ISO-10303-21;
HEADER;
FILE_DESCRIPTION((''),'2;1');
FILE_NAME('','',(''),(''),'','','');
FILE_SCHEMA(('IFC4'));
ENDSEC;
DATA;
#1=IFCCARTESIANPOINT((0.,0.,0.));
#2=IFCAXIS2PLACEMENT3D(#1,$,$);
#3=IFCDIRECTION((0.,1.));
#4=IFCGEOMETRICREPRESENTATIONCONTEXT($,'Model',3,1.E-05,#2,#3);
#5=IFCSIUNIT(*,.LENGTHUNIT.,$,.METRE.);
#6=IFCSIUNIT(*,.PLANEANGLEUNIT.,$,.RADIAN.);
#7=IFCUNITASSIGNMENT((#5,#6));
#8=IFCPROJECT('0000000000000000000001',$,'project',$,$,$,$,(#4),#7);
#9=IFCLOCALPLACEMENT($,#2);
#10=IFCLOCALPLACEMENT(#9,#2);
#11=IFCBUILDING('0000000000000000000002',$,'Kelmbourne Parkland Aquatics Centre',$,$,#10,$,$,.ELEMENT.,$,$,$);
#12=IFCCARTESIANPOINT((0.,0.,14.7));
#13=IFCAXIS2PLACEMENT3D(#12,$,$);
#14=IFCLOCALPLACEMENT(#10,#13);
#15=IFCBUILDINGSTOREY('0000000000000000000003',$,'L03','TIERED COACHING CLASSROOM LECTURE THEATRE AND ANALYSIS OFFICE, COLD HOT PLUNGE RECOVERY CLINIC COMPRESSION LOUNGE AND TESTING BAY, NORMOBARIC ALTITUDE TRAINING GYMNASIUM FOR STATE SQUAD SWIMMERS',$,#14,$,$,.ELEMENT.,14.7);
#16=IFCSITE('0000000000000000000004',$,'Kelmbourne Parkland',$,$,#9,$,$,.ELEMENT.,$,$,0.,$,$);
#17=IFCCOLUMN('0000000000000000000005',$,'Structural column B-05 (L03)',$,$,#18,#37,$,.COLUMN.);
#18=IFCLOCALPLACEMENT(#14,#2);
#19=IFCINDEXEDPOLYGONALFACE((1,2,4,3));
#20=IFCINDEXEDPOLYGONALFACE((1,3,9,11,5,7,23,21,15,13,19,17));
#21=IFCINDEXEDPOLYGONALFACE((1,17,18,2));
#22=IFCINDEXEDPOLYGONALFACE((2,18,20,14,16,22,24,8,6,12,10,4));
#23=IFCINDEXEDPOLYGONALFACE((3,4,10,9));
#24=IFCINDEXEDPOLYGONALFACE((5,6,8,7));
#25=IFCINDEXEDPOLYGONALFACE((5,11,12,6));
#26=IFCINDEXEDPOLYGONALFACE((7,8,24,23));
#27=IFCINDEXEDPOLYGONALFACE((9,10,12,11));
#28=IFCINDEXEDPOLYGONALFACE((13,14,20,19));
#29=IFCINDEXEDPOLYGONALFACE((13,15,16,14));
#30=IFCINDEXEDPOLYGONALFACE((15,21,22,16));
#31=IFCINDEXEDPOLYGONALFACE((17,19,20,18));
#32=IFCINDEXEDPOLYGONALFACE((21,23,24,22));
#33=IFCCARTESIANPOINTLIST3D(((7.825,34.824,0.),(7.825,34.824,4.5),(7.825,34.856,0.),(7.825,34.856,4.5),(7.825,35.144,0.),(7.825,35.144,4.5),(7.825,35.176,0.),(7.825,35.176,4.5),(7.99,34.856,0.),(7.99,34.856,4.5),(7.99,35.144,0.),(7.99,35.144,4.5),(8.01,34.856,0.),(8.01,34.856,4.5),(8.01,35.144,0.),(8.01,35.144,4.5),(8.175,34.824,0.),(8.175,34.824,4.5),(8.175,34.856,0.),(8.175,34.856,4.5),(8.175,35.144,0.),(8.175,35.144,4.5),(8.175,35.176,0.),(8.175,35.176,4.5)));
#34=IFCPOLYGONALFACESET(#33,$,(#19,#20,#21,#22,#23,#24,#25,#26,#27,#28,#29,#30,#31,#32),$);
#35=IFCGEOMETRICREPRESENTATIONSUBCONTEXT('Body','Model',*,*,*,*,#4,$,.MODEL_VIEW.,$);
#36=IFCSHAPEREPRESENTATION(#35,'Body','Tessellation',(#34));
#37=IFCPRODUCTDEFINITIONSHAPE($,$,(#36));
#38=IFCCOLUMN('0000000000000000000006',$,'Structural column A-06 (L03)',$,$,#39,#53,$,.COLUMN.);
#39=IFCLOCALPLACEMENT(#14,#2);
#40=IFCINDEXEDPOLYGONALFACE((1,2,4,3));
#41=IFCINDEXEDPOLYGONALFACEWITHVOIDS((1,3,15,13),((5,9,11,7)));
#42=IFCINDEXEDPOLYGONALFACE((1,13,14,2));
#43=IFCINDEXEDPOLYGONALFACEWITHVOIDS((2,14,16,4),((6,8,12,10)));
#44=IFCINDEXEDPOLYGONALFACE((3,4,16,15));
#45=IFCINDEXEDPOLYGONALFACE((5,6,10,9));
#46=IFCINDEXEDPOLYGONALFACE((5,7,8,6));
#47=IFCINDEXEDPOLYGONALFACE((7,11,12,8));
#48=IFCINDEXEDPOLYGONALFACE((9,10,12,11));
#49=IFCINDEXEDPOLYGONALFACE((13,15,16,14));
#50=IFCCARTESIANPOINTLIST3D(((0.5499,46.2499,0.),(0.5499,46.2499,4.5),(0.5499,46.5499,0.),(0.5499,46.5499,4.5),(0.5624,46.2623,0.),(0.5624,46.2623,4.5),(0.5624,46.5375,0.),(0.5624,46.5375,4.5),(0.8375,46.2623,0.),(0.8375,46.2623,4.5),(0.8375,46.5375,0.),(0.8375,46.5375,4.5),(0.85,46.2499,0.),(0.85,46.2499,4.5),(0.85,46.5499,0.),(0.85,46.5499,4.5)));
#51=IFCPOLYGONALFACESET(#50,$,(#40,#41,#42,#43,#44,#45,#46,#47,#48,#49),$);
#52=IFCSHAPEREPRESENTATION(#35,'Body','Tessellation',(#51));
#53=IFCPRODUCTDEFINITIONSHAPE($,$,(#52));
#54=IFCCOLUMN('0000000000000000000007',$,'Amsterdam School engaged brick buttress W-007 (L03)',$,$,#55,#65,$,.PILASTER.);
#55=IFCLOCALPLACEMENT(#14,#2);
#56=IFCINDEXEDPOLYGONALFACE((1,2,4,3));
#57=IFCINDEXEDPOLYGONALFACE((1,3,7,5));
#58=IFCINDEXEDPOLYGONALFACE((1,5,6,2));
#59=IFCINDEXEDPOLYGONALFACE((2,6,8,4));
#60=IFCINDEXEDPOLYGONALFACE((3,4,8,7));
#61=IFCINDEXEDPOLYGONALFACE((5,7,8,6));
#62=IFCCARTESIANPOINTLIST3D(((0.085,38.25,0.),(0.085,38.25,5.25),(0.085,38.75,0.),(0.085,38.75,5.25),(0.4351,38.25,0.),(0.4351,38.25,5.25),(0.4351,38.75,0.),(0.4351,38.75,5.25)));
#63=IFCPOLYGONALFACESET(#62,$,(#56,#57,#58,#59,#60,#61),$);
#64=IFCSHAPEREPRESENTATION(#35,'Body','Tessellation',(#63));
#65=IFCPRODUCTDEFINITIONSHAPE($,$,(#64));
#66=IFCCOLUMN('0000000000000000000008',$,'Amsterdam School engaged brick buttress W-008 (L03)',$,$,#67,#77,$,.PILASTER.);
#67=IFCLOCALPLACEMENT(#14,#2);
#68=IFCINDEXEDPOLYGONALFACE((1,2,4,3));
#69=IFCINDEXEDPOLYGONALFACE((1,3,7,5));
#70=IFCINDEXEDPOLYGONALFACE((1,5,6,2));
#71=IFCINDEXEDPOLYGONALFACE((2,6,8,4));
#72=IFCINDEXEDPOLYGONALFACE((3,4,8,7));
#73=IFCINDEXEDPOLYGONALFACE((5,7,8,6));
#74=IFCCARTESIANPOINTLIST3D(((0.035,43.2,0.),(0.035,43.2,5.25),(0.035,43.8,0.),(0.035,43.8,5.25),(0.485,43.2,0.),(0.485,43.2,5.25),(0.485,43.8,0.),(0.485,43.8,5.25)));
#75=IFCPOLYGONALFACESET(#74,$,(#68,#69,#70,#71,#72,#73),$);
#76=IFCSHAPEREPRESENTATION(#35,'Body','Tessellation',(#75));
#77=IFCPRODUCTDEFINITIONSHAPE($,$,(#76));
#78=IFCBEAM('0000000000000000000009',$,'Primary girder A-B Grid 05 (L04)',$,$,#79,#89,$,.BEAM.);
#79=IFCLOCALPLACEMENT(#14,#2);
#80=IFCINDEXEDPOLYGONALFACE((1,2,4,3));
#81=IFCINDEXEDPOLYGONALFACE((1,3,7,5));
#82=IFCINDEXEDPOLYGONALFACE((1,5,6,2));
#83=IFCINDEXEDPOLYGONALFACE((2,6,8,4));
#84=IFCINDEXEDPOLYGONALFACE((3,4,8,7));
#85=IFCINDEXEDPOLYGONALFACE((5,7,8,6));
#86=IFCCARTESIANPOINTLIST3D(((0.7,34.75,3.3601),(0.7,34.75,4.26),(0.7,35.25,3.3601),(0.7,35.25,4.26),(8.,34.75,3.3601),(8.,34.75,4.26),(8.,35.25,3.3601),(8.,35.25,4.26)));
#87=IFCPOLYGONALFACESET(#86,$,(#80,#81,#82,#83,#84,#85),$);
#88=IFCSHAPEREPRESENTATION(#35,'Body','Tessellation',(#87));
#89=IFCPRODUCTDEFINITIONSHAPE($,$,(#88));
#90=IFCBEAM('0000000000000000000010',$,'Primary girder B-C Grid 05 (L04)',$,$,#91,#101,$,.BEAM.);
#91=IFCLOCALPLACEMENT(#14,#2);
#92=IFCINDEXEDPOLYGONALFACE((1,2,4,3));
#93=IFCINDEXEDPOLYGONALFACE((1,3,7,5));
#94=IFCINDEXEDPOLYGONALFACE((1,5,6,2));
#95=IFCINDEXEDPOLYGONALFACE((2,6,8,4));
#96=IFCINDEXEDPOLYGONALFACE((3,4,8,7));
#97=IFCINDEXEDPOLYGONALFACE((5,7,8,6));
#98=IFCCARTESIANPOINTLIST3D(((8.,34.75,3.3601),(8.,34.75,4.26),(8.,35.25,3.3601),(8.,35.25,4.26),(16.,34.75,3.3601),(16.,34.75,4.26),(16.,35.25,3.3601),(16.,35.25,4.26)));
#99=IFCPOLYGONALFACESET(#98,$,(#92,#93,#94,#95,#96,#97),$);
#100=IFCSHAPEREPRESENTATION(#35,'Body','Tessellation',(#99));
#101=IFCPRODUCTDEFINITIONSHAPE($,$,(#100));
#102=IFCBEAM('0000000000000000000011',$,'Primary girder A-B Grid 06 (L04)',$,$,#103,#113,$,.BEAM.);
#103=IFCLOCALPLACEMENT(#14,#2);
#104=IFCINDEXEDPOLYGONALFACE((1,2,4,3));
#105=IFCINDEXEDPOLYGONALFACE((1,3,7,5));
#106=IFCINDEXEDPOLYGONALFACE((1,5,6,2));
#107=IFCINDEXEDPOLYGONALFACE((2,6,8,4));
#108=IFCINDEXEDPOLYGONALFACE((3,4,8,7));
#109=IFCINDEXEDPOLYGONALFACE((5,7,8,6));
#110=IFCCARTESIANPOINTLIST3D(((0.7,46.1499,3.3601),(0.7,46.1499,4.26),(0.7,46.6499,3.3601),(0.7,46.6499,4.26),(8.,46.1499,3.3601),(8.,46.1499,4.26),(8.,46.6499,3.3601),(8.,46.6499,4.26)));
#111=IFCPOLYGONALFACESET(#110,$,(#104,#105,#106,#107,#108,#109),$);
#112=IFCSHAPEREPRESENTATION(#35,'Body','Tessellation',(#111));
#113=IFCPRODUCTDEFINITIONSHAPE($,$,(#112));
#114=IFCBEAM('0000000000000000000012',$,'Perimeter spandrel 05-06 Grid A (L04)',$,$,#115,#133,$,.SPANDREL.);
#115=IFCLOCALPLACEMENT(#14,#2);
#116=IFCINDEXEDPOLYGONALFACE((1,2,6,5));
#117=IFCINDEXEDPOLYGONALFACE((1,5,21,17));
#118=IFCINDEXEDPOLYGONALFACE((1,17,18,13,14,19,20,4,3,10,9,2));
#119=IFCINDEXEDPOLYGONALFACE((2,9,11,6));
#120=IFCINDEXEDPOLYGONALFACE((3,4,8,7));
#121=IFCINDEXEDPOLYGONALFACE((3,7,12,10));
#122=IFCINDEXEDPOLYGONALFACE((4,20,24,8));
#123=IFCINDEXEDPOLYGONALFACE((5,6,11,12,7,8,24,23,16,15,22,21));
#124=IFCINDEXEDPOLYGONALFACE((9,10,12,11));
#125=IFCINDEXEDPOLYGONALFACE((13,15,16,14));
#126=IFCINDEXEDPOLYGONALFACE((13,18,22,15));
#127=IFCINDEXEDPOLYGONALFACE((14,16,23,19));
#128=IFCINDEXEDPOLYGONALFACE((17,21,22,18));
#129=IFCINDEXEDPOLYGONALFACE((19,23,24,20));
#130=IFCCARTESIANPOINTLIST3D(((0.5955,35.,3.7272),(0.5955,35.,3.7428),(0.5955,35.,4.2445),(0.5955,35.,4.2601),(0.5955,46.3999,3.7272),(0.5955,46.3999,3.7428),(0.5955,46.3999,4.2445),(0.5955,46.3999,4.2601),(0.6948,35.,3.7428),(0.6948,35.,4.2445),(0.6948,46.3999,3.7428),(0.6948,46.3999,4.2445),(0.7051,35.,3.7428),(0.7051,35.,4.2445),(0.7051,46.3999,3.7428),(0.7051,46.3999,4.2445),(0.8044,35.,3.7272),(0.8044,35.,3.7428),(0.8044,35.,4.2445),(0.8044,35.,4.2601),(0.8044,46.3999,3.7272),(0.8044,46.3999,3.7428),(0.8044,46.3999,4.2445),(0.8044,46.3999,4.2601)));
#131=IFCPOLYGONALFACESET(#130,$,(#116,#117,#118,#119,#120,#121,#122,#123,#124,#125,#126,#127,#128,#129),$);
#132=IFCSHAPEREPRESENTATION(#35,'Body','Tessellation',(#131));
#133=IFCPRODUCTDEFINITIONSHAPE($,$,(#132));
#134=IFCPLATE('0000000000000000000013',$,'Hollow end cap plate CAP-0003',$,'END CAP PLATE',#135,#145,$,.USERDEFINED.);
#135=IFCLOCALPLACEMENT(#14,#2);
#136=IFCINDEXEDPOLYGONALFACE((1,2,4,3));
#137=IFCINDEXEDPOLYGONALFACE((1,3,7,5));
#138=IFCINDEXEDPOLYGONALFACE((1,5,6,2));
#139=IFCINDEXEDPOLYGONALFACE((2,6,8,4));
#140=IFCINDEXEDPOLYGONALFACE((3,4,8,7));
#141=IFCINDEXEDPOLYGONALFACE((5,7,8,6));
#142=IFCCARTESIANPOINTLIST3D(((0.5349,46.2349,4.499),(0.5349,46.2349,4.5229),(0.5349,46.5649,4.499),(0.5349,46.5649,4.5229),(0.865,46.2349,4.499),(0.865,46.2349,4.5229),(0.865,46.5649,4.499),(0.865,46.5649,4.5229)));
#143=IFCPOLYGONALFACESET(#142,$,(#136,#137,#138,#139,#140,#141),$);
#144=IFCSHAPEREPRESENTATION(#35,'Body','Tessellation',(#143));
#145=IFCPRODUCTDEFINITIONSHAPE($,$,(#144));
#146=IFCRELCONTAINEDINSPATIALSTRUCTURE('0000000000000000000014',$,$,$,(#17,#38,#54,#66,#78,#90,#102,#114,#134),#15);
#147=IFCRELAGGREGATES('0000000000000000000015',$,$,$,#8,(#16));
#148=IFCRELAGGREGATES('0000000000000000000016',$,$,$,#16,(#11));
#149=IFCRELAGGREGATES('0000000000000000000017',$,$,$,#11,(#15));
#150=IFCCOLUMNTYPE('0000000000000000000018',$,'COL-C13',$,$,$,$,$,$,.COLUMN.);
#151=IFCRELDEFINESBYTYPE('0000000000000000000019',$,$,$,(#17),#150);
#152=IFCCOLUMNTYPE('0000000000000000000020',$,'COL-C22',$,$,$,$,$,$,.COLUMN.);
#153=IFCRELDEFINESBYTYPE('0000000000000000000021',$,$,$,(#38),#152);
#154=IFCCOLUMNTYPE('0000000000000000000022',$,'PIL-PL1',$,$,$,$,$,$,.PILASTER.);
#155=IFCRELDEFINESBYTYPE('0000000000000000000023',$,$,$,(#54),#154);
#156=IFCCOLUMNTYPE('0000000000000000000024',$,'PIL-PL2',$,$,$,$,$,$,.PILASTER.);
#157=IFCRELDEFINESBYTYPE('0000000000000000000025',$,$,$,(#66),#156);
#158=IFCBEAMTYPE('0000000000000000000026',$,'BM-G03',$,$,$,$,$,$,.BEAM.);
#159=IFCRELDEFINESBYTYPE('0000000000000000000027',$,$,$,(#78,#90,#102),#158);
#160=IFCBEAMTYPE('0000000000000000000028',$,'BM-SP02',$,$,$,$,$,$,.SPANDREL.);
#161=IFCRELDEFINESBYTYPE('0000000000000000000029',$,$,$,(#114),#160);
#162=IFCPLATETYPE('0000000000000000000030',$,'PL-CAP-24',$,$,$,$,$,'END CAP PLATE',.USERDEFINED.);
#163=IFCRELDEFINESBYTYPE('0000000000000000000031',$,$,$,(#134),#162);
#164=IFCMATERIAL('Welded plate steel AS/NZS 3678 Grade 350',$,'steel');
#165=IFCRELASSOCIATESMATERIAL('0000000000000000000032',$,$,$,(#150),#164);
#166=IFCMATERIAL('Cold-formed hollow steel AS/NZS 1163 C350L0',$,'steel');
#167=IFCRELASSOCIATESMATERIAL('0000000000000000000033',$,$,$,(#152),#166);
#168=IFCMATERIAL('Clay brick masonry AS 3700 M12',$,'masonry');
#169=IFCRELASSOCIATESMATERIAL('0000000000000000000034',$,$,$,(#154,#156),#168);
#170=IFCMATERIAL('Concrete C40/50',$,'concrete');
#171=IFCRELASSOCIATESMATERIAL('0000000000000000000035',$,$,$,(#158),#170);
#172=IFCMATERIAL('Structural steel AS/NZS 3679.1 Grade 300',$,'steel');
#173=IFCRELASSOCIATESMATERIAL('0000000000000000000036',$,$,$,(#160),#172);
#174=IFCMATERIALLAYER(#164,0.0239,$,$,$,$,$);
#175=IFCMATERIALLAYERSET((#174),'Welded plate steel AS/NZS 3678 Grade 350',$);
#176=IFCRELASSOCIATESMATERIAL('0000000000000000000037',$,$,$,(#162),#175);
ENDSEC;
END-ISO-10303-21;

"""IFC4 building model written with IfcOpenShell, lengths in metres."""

from ifc_helpers import new_model, si_unit, direction, frame, origin, origin_2d, place, context, subcontext, project, spatial, rectangle, hollow_rectangle, i_section, extrude, material, layer, layer_set, material_profile, profile_set, type_object, element, save


model = new_model("IFC4")

# Units and contexts
model_context = context("Model", 3, precision=1e-05, world=origin(), true_north=direction((0.0, 1.0)))
body_context = subcontext(model_context, "Body", "Model", "MODEL_VIEW")
ifc_project = project(units=[si_unit("LENGTHUNIT", "METRE"), si_unit("PLANEANGLEUNIT", "RADIAN")], contexts=[model_context])

# Site, building, storey
site_placement = place(None, origin())
site = spatial("IfcSite", under=ifc_project, at=site_placement, Name="Kelmbourne Parkland", CompositionType="ELEMENT", RefElevation=0.0)
building_placement = place(site_placement, origin())
building = spatial("IfcBuilding", under=site, at=building_placement, Name="Kelmbourne Parkland Aquatics Centre", CompositionType="ELEMENT")
storey_placement = place(building_placement, frame((0.0, 0.0, 14.7)))
storey = spatial("IfcBuildingStorey", under=building, at=storey_placement, Name="L03", Description="TIERED COACHING CLASSROOM LECTURE THEATRE AND ANALYSIS OFFICE, COLD HOT PLUNGE RECOVERY CLINIC COMPRESSION LOUNGE AND TESTING BAY, NORMOBARIC ALTITUDE TRAINING GYMNASIUM FOR STATE SQUAD SWIMMERS", CompositionType="ELEMENT", Elevation=14.7)

# Columns
ifc_material_1 = material(Name="Welded plate steel AS/NZS 3678 Grade 350", Category="steel")
ifc_material_profile_1 = material_profile(ifc_material_1, i_section(OverallWidth=0.3501, OverallDepth=0.3521, WebThickness=0.02, FlangeThickness=0.032, at=origin_2d()), Name="350WC230")
ifc_profile_set_1 = profile_set([ifc_material_profile_1], Name="Welded plate steel AS/NZS 3678 Grade 350")
column_type_1 = type_object("IfcColumnType", Name="COL-C13", PredefinedType="COLUMN", material=ifc_profile_set_1)
column_1_placement = place(storey_placement, frame((8.0, 35.0, 0.0), z_axis=(0.0, 0.0, 1.0), x_axis=(1.0, 0.0, 0.0)))
element("IfcColumn", 1, at=column_1_placement, inside=storey, type_object=column_type_1, Name="Structural column B-05 (L03)", PredefinedType="COLUMN", context=body_context, shape_type="SweptSolid", body=[
    extrude(i_section(OverallWidth=0.3501, OverallDepth=0.3521, WebThickness=0.02, FlangeThickness=0.032, at=origin_2d()), origin(), (0.0, 0.0, 1.0), 4.5),
])
ifc_material_2 = material(Name="Cold-formed hollow steel AS/NZS 1163 C350L0", Category="steel")
ifc_material_profile_2 = material_profile(ifc_material_2, hollow_rectangle(XDim=0.3, YDim=0.3, WallThickness=0.0125, at=origin_2d()), Name="SHS 300x300x12.5")
ifc_profile_set_2 = profile_set([ifc_material_profile_2], Name="Cold-formed hollow steel AS/NZS 1163 C350L0")
column_type_2 = type_object("IfcColumnType", Name="COL-C22", PredefinedType="COLUMN", material=ifc_profile_set_2)
column_2_placement = place(storey_placement, frame((0.7, 46.3999, 0.0), z_axis=(0.0, 0.0, 1.0), x_axis=(1.0, 0.0, 0.0)))
element("IfcColumn", 2, at=column_2_placement, inside=storey, type_object=column_type_2, Name="Structural column A-06 (L03)", PredefinedType="COLUMN", context=body_context, shape_type="SweptSolid", body=[
    extrude(hollow_rectangle(XDim=0.3, YDim=0.3, WallThickness=0.0125, at=origin_2d()), origin(), (0.0, 0.0, 1.0), 4.5),
])
ifc_material_3 = material(Name="Clay brick masonry AS 3700 M12", Category="masonry")
ifc_material_profile_3 = material_profile(ifc_material_3, rectangle(XDim=0.3501, YDim=0.5, at=origin_2d()), Name="PIL 350x500")
ifc_profile_set_3 = profile_set([ifc_material_profile_3], Name="Clay brick masonry AS 3700 M12")
column_type_3 = type_object("IfcColumnType", Name="PIL-PL1", PredefinedType="PILASTER", material=ifc_profile_set_3)
column_3_placement = place(storey_placement, frame((0.26, 38.5, 0.0), z_axis=(0.0, 0.0, 1.0), x_axis=(1.0, 0.0, 0.0)))
element("IfcColumn", 3, at=column_3_placement, inside=storey, type_object=column_type_3, Name="Amsterdam School engaged brick buttress W-007 (L03)", PredefinedType="PILASTER", context=body_context, shape_type="SweptSolid", body=[
    extrude(rectangle(XDim=0.3501, YDim=0.5, at=origin_2d()), origin(), (0.0, 0.0, 1.0), 5.25),
])
ifc_material_profile_4 = material_profile(ifc_material_3, rectangle(XDim=0.45, YDim=0.6001, at=origin_2d()), Name="PIL 450x600")
ifc_profile_set_4 = profile_set([ifc_material_profile_4], Name="Clay brick masonry AS 3700 M12")
column_type_4 = type_object("IfcColumnType", Name="PIL-PL2", PredefinedType="PILASTER", material=ifc_profile_set_4)
column_4_placement = place(storey_placement, frame((0.26, 43.5, 0.0), z_axis=(0.0, 0.0, 1.0), x_axis=(1.0, 0.0, 0.0)))
element("IfcColumn", 4, at=column_4_placement, inside=storey, type_object=column_type_4, Name="Amsterdam School engaged brick buttress W-008 (L03)", PredefinedType="PILASTER", context=body_context, shape_type="SweptSolid", body=[
    extrude(rectangle(XDim=0.45, YDim=0.6001, at=origin_2d()), origin(), (0.0, 0.0, 1.0), 5.25),
])

# Beams
ifc_material_4 = material(Name="Concrete C40/50", Category="concrete")
ifc_material_profile_5 = material_profile(ifc_material_4, rectangle(XDim=0.5, YDim=0.8999, at=origin_2d()), Name="RC 500x900")
ifc_profile_set_5 = profile_set([ifc_material_profile_5], Name="Concrete C40/50")
beam_type_1 = type_object("IfcBeamType", Name="BM-G03", PredefinedType="BEAM", material=ifc_profile_set_5)
beam_1_placement = place(storey_placement, frame((0.7, 35.0, 3.8101), z_axis=(1.0, 0.0, 0.0), x_axis=(0.0, 1.0, 0.0)))
element("IfcBeam", 5, at=beam_1_placement, inside=storey, type_object=beam_type_1, Name="Primary girder A-B Grid 05 (L04)", PredefinedType="BEAM", context=body_context, shape_type="SweptSolid", body=[
    extrude(rectangle(XDim=0.5, YDim=0.8999, at=origin_2d()), origin(), (0.0, 0.0, 1.0), 7.3),
])
beam_2_placement = place(storey_placement, frame((8.0, 35.0, 3.8101), z_axis=(1.0, 0.0, 0.0), x_axis=(0.0, 1.0, 0.0)))
element("IfcBeam", 6, at=beam_2_placement, inside=storey, type_object=beam_type_1, Name="Primary girder B-C Grid 05 (L04)", PredefinedType="BEAM", context=body_context, shape_type="SweptSolid", body=[
    extrude(rectangle(XDim=0.5, YDim=0.8999, at=origin_2d()), origin(), (0.0, 0.0, 1.0), 8.0),
])
beam_3_placement = place(storey_placement, frame((0.7, 46.3999, 3.8101), z_axis=(1.0, 0.0, 0.0), x_axis=(0.0, 1.0, 0.0)))
element("IfcBeam", 7, at=beam_3_placement, inside=storey, type_object=beam_type_1, Name="Primary girder A-B Grid 06 (L04)", PredefinedType="BEAM", context=body_context, shape_type="SweptSolid", body=[
    extrude(rectangle(XDim=0.5, YDim=0.8999, at=origin_2d()), origin(), (0.0, 0.0, 1.0), 7.3),
])
ifc_material_5 = material(Name="Structural steel AS/NZS 3679.1 Grade 300", Category="steel")
ifc_material_profile_6 = material_profile(ifc_material_5, i_section(OverallWidth=0.209, OverallDepth=0.533, WebThickness=0.0103, FlangeThickness=0.0156, at=origin_2d()), Name="530UB92.4")
ifc_profile_set_6 = profile_set([ifc_material_profile_6], Name="Structural steel AS/NZS 3679.1 Grade 300")
beam_type_2 = type_object("IfcBeamType", Name="BM-SP02", PredefinedType="SPANDREL", material=ifc_profile_set_6)
beam_4_placement = place(storey_placement, frame((0.7, 35.0, 3.9937), z_axis=(0.0, 1.0, 0.0), x_axis=(-1.0, 0.0, 0.0)))
element("IfcBeam", 8, at=beam_4_placement, inside=storey, type_object=beam_type_2, Name="Perimeter spandrel 05-06 Grid A (L04)", PredefinedType="SPANDREL", context=body_context, shape_type="SweptSolid", body=[
    extrude(i_section(OverallWidth=0.209, OverallDepth=0.533, WebThickness=0.0103, FlangeThickness=0.0156, at=origin_2d()), origin(), (0.0, 0.0, 1.0), 11.3999),
])

# Plate
ifc_layer_1 = layer(ifc_material_1, 0.0239)
ifc_layer_set_1 = layer_set([ifc_layer_1], Name="Welded plate steel AS/NZS 3678 Grade 350")
plate_type = type_object("IfcPlateType", Name="PL-CAP-24", ElementType="END CAP PLATE", PredefinedType="USERDEFINED", material=ifc_layer_set_1)
plate_placement = place(storey_placement, frame((0.7, 46.3999, 4.499), z_axis=(0.0, 0.0, 1.0), x_axis=(1.0, 0.0, 0.0)))
element("IfcPlate", 9, at=plate_placement, inside=storey, type_object=plate_type, Name="Hollow end cap plate CAP-0003", ObjectType="END CAP PLATE", PredefinedType="USERDEFINED", context=body_context, shape_type="SweptSolid", body=[
    extrude(rectangle(XDim=0.3301, YDim=0.3301, at=origin_2d()), origin(), (0.0, 0.0, 1.0), 0.0239),
])

save(model, "model.ifc")
